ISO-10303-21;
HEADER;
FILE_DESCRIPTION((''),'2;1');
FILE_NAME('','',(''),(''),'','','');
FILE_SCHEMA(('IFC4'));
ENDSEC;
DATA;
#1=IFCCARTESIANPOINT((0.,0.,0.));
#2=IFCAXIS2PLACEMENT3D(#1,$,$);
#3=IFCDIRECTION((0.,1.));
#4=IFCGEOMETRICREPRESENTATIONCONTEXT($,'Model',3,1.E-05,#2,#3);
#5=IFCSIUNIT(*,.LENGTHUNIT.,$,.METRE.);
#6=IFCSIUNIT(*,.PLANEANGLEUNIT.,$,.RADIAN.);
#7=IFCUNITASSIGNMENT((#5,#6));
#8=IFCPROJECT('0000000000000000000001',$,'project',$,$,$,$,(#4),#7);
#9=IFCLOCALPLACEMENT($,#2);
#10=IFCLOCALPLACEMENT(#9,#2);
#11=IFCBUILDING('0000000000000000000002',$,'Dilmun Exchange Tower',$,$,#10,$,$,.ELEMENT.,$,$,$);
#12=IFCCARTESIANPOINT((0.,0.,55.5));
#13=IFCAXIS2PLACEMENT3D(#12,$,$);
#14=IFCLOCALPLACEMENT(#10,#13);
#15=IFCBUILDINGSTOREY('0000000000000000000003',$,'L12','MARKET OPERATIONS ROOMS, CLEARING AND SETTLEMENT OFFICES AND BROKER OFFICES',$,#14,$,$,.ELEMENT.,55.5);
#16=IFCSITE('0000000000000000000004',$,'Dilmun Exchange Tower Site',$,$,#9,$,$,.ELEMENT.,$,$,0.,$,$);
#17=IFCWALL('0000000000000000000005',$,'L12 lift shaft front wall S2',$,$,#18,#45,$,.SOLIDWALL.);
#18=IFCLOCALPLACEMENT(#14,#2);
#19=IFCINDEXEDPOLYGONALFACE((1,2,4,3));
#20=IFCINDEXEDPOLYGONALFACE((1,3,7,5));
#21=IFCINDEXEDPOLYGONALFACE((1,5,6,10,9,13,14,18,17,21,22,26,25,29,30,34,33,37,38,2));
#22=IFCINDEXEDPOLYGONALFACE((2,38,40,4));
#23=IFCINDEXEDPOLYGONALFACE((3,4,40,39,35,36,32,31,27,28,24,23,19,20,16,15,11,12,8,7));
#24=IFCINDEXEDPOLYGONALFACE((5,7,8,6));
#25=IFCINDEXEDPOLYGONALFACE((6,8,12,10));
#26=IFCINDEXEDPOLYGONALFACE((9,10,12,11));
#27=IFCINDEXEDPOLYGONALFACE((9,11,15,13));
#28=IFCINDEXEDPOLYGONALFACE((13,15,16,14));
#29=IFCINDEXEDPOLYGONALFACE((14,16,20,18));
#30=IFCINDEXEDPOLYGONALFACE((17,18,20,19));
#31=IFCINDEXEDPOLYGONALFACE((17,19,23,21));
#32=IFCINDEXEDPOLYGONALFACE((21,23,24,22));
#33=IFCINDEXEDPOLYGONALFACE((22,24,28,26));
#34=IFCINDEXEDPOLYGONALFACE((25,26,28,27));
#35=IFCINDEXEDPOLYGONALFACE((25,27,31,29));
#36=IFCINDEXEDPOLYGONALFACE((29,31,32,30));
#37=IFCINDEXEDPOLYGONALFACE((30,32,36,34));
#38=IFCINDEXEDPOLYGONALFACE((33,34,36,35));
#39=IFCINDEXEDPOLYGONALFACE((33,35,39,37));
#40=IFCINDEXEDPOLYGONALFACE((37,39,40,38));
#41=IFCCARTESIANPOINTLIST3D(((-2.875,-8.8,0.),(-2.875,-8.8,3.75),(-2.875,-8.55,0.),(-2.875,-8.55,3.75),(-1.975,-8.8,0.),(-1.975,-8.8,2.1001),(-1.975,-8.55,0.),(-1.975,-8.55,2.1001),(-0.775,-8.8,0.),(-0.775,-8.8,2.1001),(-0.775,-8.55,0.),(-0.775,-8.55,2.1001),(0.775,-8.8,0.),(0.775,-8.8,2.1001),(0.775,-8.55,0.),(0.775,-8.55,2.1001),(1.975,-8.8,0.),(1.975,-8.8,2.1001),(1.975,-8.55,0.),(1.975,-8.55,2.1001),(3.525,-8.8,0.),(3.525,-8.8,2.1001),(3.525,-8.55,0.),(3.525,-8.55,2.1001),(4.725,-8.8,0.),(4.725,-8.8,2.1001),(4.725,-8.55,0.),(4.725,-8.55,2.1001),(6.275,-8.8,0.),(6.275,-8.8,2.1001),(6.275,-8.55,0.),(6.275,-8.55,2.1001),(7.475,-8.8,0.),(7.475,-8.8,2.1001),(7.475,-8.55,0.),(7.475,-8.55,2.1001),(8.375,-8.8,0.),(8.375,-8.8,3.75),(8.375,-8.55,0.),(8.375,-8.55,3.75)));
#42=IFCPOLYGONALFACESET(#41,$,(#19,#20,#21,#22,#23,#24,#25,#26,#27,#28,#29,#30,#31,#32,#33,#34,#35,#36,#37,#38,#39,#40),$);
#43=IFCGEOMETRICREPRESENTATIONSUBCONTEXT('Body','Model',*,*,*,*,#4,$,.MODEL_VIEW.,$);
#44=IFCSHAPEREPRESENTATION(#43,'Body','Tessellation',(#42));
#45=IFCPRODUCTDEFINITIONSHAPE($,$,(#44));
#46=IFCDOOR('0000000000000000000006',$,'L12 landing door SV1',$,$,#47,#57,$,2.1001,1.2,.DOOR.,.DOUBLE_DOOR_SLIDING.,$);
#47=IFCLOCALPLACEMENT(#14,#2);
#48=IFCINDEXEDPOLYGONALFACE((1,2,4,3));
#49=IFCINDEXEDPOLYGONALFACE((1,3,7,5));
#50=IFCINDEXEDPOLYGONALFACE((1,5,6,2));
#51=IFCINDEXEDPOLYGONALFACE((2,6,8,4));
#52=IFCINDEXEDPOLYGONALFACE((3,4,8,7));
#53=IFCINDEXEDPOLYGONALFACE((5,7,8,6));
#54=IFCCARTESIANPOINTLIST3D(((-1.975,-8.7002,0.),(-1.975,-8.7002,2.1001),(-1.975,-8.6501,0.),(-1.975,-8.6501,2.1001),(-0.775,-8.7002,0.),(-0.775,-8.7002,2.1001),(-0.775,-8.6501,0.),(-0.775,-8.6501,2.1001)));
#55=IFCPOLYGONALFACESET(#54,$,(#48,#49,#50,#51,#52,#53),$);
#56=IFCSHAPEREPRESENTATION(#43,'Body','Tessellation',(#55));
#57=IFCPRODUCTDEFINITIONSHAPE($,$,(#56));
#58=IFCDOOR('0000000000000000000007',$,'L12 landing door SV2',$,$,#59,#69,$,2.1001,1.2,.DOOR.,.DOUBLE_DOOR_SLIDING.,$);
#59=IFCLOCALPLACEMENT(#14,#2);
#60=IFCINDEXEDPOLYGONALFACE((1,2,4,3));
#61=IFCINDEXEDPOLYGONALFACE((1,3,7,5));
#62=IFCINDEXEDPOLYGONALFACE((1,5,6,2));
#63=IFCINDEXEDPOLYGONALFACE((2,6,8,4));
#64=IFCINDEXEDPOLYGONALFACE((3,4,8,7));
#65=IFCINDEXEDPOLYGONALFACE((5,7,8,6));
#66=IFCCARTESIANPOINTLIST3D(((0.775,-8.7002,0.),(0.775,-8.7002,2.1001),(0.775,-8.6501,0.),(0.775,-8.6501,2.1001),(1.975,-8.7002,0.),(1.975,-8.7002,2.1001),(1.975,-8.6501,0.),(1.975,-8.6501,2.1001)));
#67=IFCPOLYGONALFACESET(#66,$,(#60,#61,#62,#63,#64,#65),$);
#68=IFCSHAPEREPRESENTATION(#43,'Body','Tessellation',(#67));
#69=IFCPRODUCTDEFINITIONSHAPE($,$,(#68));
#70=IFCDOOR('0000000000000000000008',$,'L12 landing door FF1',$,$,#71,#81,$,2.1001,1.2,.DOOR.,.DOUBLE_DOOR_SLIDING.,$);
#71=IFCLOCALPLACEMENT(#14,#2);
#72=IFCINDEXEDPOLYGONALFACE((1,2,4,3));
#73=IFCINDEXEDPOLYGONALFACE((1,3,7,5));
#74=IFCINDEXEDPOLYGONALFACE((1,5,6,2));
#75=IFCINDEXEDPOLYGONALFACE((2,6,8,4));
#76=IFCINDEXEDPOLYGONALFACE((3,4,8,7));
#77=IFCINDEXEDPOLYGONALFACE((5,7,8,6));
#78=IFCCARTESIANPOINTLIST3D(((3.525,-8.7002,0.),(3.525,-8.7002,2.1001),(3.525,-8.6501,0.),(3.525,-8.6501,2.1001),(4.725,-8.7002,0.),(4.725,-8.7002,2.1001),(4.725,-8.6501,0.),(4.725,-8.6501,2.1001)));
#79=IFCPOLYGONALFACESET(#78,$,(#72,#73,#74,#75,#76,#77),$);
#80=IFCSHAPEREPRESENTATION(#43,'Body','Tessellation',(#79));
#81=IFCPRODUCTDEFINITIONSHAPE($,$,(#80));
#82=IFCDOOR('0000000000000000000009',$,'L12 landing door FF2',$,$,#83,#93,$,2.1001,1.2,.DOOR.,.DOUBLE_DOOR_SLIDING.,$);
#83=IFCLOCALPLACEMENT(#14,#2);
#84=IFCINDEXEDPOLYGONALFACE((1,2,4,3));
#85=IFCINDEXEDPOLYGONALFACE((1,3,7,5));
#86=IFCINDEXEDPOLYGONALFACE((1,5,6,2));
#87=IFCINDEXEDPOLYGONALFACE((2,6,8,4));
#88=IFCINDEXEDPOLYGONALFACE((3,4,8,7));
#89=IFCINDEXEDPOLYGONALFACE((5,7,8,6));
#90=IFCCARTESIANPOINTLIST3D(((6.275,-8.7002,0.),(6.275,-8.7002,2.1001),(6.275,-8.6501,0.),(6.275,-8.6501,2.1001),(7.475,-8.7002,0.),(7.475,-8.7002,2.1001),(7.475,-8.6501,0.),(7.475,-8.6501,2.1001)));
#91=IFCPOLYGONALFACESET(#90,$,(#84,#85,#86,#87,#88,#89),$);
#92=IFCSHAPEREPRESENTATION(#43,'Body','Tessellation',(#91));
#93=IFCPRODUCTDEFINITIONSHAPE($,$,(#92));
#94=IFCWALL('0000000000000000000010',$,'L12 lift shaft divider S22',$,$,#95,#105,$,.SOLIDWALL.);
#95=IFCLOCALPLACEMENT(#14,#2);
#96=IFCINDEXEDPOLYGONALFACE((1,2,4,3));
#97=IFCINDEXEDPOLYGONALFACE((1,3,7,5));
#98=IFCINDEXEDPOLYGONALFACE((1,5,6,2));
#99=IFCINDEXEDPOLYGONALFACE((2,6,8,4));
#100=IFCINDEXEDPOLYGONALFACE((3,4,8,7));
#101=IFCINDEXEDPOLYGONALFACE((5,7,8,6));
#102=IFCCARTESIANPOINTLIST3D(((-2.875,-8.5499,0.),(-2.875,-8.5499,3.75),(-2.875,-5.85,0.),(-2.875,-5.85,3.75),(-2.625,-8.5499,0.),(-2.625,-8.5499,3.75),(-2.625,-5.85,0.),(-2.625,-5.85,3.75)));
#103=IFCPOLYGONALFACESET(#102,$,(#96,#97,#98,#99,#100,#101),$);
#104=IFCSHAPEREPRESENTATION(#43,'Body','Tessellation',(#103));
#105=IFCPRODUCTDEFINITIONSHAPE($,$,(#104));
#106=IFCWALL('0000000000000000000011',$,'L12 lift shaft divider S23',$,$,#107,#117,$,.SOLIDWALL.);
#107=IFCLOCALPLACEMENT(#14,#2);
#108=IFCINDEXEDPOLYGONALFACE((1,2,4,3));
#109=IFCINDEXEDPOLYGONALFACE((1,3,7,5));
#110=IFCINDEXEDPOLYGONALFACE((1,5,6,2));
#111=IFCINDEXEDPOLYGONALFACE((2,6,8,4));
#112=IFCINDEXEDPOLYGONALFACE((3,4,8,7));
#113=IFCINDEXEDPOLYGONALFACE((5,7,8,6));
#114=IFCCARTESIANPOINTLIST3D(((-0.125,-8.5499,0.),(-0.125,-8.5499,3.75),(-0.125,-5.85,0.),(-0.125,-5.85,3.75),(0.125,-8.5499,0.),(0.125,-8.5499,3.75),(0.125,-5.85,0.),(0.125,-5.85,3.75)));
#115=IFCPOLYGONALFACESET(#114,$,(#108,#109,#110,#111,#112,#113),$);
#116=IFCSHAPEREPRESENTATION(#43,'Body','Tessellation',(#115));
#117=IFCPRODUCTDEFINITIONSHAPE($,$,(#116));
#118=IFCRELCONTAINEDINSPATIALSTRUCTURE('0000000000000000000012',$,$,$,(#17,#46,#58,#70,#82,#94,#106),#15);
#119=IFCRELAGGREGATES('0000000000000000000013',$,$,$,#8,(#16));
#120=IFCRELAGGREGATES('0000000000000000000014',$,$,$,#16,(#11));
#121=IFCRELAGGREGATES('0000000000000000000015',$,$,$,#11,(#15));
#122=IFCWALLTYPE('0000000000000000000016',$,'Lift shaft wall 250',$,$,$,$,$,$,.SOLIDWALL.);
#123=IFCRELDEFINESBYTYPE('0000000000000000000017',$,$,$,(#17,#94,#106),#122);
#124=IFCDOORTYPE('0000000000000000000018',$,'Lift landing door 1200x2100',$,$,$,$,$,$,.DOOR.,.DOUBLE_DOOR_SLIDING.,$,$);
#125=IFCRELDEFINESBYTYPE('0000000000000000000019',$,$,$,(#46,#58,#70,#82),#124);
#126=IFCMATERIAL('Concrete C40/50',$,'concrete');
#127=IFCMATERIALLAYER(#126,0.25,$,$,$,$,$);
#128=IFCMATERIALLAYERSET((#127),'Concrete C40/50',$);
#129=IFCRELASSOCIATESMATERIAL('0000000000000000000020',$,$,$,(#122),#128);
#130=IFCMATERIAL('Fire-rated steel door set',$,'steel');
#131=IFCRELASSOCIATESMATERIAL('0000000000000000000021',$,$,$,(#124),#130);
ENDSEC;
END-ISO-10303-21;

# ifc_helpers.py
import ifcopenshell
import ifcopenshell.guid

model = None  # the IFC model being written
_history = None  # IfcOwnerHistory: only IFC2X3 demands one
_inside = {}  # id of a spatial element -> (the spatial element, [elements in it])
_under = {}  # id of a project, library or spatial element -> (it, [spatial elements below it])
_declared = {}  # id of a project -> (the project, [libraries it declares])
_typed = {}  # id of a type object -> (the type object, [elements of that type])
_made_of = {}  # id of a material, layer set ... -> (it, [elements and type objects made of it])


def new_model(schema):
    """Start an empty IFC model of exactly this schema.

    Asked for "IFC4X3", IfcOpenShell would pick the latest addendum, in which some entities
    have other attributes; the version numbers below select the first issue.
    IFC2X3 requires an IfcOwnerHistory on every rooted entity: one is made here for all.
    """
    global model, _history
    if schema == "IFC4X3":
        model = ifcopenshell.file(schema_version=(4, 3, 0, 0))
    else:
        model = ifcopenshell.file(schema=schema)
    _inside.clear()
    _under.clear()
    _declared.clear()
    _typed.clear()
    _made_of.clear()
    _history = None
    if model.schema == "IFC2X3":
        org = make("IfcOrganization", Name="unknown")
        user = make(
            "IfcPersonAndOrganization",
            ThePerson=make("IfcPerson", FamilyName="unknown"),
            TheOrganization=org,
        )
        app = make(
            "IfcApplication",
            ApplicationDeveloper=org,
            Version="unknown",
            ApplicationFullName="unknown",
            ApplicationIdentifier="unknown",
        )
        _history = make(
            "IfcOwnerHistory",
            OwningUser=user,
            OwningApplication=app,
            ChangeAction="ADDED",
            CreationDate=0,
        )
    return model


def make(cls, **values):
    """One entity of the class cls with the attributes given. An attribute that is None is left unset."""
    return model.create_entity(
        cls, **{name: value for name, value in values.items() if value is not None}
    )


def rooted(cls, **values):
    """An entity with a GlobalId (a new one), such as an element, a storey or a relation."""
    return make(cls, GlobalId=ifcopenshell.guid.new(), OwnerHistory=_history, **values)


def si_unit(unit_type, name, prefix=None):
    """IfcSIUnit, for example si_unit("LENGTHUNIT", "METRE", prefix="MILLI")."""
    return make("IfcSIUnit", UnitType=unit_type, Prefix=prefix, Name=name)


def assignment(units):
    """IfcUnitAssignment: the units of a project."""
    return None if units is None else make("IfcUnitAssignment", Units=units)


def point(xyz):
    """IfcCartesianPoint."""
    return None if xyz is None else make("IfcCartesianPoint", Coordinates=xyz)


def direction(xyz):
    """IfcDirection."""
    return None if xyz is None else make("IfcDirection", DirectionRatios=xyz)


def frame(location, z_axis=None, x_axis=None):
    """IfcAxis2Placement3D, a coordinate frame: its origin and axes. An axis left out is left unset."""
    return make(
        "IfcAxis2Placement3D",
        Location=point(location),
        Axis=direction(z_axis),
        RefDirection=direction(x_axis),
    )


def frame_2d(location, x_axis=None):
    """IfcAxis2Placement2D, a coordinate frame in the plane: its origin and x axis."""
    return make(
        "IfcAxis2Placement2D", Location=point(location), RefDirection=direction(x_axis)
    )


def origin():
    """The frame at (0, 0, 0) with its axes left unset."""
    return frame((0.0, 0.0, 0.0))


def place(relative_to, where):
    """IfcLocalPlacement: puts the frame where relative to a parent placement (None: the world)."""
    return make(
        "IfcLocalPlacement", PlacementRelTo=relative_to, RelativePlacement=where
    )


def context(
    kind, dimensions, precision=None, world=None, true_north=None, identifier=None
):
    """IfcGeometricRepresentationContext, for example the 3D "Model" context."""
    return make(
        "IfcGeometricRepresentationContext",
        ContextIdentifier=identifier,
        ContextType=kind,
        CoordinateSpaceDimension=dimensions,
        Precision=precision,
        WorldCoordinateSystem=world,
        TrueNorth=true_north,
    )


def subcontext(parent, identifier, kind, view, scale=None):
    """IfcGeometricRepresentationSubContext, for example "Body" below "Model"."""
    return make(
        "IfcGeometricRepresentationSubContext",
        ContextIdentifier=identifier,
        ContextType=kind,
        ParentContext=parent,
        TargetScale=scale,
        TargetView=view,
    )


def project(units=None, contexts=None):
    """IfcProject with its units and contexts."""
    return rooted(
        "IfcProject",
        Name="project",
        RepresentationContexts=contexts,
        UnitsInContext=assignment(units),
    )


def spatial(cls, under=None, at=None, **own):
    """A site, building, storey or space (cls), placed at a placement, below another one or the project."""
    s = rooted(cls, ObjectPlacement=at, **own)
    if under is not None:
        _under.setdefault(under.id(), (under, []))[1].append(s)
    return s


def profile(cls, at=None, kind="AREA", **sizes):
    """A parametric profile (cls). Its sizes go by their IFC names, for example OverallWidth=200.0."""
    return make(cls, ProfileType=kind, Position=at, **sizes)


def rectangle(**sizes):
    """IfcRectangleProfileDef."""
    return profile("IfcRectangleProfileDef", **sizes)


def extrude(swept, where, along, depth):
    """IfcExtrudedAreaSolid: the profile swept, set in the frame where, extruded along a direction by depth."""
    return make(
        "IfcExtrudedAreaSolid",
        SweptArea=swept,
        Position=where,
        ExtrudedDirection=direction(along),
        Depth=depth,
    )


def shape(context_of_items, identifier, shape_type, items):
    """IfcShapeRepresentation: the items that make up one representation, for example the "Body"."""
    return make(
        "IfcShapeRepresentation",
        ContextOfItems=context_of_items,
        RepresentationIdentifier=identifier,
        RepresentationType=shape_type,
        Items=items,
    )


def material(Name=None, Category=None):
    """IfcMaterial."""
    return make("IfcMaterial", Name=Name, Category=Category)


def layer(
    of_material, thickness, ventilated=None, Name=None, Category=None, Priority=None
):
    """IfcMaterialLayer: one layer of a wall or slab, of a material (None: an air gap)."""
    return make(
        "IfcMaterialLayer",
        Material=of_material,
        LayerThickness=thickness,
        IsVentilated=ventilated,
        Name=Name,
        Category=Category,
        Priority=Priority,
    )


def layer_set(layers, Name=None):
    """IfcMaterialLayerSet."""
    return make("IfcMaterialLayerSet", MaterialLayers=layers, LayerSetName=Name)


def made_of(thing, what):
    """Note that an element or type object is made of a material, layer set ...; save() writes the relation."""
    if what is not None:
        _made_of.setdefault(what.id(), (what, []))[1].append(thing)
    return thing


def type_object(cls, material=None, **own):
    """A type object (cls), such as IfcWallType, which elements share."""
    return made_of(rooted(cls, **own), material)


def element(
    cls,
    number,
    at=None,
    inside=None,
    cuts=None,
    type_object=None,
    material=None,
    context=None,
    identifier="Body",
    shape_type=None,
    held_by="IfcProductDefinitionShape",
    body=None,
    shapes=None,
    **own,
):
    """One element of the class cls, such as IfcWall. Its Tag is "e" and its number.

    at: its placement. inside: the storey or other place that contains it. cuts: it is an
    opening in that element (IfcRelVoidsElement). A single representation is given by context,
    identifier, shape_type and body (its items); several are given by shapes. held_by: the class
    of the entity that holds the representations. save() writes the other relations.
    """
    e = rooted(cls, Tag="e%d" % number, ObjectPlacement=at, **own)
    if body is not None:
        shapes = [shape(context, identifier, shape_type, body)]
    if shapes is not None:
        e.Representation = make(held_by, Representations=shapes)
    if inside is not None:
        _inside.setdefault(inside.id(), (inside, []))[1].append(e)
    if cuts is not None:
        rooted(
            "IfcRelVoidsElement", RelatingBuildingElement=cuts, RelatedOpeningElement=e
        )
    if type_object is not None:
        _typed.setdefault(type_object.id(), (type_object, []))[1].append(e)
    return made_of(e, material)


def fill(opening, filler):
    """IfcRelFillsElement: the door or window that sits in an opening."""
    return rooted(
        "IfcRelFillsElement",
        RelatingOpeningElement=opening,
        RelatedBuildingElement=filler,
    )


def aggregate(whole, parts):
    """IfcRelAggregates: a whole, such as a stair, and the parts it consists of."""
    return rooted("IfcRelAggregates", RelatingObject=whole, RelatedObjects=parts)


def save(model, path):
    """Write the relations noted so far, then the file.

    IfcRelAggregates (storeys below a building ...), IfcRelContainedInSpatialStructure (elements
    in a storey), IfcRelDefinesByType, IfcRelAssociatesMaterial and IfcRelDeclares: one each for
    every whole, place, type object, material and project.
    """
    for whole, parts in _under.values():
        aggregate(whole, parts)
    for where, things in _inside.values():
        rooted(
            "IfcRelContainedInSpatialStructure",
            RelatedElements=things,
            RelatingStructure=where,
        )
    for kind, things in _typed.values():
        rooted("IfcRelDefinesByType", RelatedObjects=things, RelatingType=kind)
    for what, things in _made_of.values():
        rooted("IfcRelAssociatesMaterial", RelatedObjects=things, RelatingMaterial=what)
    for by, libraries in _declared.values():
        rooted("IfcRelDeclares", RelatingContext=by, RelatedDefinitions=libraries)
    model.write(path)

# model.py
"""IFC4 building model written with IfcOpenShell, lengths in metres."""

from ifc_helpers import new_model, si_unit, direction, frame, frame_2d, origin, place, context, subcontext, project, spatial, rectangle, extrude, material, layer, layer_set, type_object, element, fill, save


model = new_model("IFC4")

# Units and contexts
model_context = context("Model", 3, precision=1e-05, world=origin(), true_north=direction((0.0, 1.0)))
body_context = subcontext(model_context, "Body", "Model", "MODEL_VIEW")
ifc_project = project(units=[si_unit("LENGTHUNIT", "METRE"), si_unit("PLANEANGLEUNIT", "RADIAN")], contexts=[model_context])

# Site, building, storey
site_placement = place(None, origin())
site = spatial("IfcSite", under=ifc_project, at=site_placement, Name="Dilmun Exchange Tower Site", CompositionType="ELEMENT", RefElevation=0.0)
building_placement = place(site_placement, origin())
building = spatial("IfcBuilding", under=site, at=building_placement, Name="Dilmun Exchange Tower", CompositionType="ELEMENT")
storey_placement = place(building_placement, frame((0.0, 0.0, 55.5)))
storey = spatial("IfcBuildingStorey", under=building, at=storey_placement, Name="L12", Description="MARKET OPERATIONS ROOMS, CLEARING AND SETTLEMENT OFFICES AND BROKER OFFICES", CompositionType="ELEMENT", Elevation=55.5)

# Shared definitions
ifc_material_1 = material(Name="Concrete C40/50", Category="concrete")

# Shared definitions
ifc_material_2 = material(Name="Fire-rated steel door set", Category="steel")

# Shared definitions
ifc_layer_1 = layer(ifc_material_1, 0.25)
ifc_layer_set_1 = layer_set([ifc_layer_1], Name="Concrete C40/50")
wall_type_1 = type_object("IfcWallType", Name="Lift shaft wall 250", PredefinedType="SOLIDWALL", material=ifc_layer_set_1)

# Wall, openings, doors
wall_1_placement = place(storey_placement, frame((-2.875, -8.675, 0.0), z_axis=(0.0, 0.0, 1.0), x_axis=(1.0, 0.0, 0.0)))
wall_1 = element("IfcWall", 1, at=wall_1_placement, inside=storey, type_object=wall_type_1, Name="L12 lift shaft front wall S2", PredefinedType="SOLIDWALL", context=body_context, shape_type="SweptSolid", body=[
    extrude(rectangle(XDim=11.25, YDim=0.25, at=frame_2d((5.625, 0.0))), origin(), (0.0, 0.0, 1.0), 3.75),
])
opening_1_placement = place(wall_1_placement, frame((0.8999, 0.0, 0.0)))
opening_1 = element("IfcOpeningElement", 2, at=opening_1_placement, cuts=wall_1, PredefinedType="OPENING", context=body_context, shape_type="SweptSolid", body=[
    extrude(rectangle(XDim=1.2, YDim=2.1001, at=frame_2d((0.6001, 1.05))), frame((0.0, 0.135, 0.0), z_axis=(0.0, -1.0, 0.0), x_axis=(1.0, 0.0, 0.0)), (0.0, 0.0, 1.0), 0.27),
])
opening_2_placement = place(wall_1_placement, frame((3.6499, 0.0, 0.0)))
opening_2 = element("IfcOpeningElement", 3, at=opening_2_placement, cuts=wall_1, PredefinedType="OPENING", context=body_context, shape_type="SweptSolid", body=[
    extrude(rectangle(XDim=1.2, YDim=2.1001, at=frame_2d((0.6001, 1.05))), frame((0.0, 0.135, 0.0), z_axis=(0.0, -1.0, 0.0), x_axis=(1.0, 0.0, 0.0)), (0.0, 0.0, 1.0), 0.27),
])
opening_3_placement = place(wall_1_placement, frame((6.3999, 0.0, 0.0)))
opening_3 = element("IfcOpeningElement", 4, at=opening_3_placement, cuts=wall_1, PredefinedType="OPENING", context=body_context, shape_type="SweptSolid", body=[
    extrude(rectangle(XDim=1.2, YDim=2.1001, at=frame_2d((0.6001, 1.05))), frame((0.0, 0.135, 0.0), z_axis=(0.0, -1.0, 0.0), x_axis=(1.0, 0.0, 0.0)), (0.0, 0.0, 1.0), 0.27),
])
opening_4_placement = place(wall_1_placement, frame((9.1499, 0.0, 0.0)))
opening_4 = element("IfcOpeningElement", 5, at=opening_4_placement, cuts=wall_1, PredefinedType="OPENING", context=body_context, shape_type="SweptSolid", body=[
    extrude(rectangle(XDim=1.2, YDim=2.1001, at=frame_2d((0.6001, 1.05))), frame((0.0, 0.135, 0.0), z_axis=(0.0, -1.0, 0.0), x_axis=(1.0, 0.0, 0.0)), (0.0, 0.0, 1.0), 0.27),
])
door_type_1 = type_object("IfcDoorType", Name="Lift landing door 1200x2100", OperationType="DOUBLE_DOOR_SLIDING", PredefinedType="DOOR", material=ifc_material_2)
door_1_placement = place(opening_1_placement, origin())
door_1 = element("IfcDoor", 6, at=door_1_placement, inside=storey, type_object=door_type_1, Name="L12 landing door SV1", OperationType="DOUBLE_DOOR_SLIDING", OverallHeight=2.1001, OverallWidth=1.2, PredefinedType="DOOR", context=body_context, shape_type="SweptSolid", body=[
    extrude(rectangle(XDim=1.2, YDim=2.1001, at=frame_2d((0.6001, 1.05))), frame((0.0, 0.0249, 0.0), z_axis=(0.0, -1.0, 0.0), x_axis=(1.0, 0.0, 0.0)), (0.0, 0.0, 1.0), 0.05),
])
fill(opening_1, door_1)
door_2_placement = place(opening_2_placement, origin())
door_2 = element("IfcDoor", 7, at=door_2_placement, inside=storey, type_object=door_type_1, Name="L12 landing door SV2", OperationType="DOUBLE_DOOR_SLIDING", OverallHeight=2.1001, OverallWidth=1.2, PredefinedType="DOOR", context=body_context, shape_type="SweptSolid", body=[
    extrude(rectangle(XDim=1.2, YDim=2.1001, at=frame_2d((0.6001, 1.05))), frame((0.0, 0.0249, 0.0), z_axis=(0.0, -1.0, 0.0), x_axis=(1.0, 0.0, 0.0)), (0.0, 0.0, 1.0), 0.05),
])
fill(opening_2, door_2)
door_3_placement = place(opening_3_placement, origin())
door_3 = element("IfcDoor", 8, at=door_3_placement, inside=storey, type_object=door_type_1, Name="L12 landing door FF1", OperationType="DOUBLE_DOOR_SLIDING", OverallHeight=2.1001, OverallWidth=1.2, PredefinedType="DOOR", context=body_context, shape_type="SweptSolid", body=[
    extrude(rectangle(XDim=1.2, YDim=2.1001, at=frame_2d((0.6001, 1.05))), frame((0.0, 0.0249, 0.0), z_axis=(0.0, -1.0, 0.0), x_axis=(1.0, 0.0, 0.0)), (0.0, 0.0, 1.0), 0.05),
])
fill(opening_3, door_3)
door_4_placement = place(opening_4_placement, origin())
door_4 = element("IfcDoor", 9, at=door_4_placement, inside=storey, type_object=door_type_1, Name="L12 landing door FF2", OperationType="DOUBLE_DOOR_SLIDING", OverallHeight=2.1001, OverallWidth=1.2, PredefinedType="DOOR", context=body_context, shape_type="SweptSolid", body=[
    extrude(rectangle(XDim=1.2, YDim=2.1001, at=frame_2d((0.6001, 1.05))), frame((0.0, 0.0249, 0.0), z_axis=(0.0, -1.0, 0.0), x_axis=(1.0, 0.0, 0.0)), (0.0, 0.0, 1.0), 0.05),
])
fill(opening_4, door_4)

# Walls
for number, where, z_axis, x_axis, name in (
    (10, (-2.75, -8.55, 0.0), (0.0, 0.0, 1.0), (0.0, 1.0, 0.0), "L12 lift shaft divider S22"),
    (11, (0.0, -8.55, 0.0), (0.0, 0.0, 1.0), (0.0, 1.0, 0.0), "L12 lift shaft divider S23"),
):
    element("IfcWall", number, at=place(storey_placement, frame(where, z_axis=z_axis, x_axis=x_axis)), inside=storey, type_object=wall_type_1, Name=name, PredefinedType="SOLIDWALL", context=body_context, shape_type="SweptSolid", body=[
        extrude(rectangle(XDim=2.7, YDim=0.25, at=frame_2d((1.3501, 0.0))), origin(), (0.0, 0.0, 1.0), 3.75),
    ])

save(model, "model.ifc")
